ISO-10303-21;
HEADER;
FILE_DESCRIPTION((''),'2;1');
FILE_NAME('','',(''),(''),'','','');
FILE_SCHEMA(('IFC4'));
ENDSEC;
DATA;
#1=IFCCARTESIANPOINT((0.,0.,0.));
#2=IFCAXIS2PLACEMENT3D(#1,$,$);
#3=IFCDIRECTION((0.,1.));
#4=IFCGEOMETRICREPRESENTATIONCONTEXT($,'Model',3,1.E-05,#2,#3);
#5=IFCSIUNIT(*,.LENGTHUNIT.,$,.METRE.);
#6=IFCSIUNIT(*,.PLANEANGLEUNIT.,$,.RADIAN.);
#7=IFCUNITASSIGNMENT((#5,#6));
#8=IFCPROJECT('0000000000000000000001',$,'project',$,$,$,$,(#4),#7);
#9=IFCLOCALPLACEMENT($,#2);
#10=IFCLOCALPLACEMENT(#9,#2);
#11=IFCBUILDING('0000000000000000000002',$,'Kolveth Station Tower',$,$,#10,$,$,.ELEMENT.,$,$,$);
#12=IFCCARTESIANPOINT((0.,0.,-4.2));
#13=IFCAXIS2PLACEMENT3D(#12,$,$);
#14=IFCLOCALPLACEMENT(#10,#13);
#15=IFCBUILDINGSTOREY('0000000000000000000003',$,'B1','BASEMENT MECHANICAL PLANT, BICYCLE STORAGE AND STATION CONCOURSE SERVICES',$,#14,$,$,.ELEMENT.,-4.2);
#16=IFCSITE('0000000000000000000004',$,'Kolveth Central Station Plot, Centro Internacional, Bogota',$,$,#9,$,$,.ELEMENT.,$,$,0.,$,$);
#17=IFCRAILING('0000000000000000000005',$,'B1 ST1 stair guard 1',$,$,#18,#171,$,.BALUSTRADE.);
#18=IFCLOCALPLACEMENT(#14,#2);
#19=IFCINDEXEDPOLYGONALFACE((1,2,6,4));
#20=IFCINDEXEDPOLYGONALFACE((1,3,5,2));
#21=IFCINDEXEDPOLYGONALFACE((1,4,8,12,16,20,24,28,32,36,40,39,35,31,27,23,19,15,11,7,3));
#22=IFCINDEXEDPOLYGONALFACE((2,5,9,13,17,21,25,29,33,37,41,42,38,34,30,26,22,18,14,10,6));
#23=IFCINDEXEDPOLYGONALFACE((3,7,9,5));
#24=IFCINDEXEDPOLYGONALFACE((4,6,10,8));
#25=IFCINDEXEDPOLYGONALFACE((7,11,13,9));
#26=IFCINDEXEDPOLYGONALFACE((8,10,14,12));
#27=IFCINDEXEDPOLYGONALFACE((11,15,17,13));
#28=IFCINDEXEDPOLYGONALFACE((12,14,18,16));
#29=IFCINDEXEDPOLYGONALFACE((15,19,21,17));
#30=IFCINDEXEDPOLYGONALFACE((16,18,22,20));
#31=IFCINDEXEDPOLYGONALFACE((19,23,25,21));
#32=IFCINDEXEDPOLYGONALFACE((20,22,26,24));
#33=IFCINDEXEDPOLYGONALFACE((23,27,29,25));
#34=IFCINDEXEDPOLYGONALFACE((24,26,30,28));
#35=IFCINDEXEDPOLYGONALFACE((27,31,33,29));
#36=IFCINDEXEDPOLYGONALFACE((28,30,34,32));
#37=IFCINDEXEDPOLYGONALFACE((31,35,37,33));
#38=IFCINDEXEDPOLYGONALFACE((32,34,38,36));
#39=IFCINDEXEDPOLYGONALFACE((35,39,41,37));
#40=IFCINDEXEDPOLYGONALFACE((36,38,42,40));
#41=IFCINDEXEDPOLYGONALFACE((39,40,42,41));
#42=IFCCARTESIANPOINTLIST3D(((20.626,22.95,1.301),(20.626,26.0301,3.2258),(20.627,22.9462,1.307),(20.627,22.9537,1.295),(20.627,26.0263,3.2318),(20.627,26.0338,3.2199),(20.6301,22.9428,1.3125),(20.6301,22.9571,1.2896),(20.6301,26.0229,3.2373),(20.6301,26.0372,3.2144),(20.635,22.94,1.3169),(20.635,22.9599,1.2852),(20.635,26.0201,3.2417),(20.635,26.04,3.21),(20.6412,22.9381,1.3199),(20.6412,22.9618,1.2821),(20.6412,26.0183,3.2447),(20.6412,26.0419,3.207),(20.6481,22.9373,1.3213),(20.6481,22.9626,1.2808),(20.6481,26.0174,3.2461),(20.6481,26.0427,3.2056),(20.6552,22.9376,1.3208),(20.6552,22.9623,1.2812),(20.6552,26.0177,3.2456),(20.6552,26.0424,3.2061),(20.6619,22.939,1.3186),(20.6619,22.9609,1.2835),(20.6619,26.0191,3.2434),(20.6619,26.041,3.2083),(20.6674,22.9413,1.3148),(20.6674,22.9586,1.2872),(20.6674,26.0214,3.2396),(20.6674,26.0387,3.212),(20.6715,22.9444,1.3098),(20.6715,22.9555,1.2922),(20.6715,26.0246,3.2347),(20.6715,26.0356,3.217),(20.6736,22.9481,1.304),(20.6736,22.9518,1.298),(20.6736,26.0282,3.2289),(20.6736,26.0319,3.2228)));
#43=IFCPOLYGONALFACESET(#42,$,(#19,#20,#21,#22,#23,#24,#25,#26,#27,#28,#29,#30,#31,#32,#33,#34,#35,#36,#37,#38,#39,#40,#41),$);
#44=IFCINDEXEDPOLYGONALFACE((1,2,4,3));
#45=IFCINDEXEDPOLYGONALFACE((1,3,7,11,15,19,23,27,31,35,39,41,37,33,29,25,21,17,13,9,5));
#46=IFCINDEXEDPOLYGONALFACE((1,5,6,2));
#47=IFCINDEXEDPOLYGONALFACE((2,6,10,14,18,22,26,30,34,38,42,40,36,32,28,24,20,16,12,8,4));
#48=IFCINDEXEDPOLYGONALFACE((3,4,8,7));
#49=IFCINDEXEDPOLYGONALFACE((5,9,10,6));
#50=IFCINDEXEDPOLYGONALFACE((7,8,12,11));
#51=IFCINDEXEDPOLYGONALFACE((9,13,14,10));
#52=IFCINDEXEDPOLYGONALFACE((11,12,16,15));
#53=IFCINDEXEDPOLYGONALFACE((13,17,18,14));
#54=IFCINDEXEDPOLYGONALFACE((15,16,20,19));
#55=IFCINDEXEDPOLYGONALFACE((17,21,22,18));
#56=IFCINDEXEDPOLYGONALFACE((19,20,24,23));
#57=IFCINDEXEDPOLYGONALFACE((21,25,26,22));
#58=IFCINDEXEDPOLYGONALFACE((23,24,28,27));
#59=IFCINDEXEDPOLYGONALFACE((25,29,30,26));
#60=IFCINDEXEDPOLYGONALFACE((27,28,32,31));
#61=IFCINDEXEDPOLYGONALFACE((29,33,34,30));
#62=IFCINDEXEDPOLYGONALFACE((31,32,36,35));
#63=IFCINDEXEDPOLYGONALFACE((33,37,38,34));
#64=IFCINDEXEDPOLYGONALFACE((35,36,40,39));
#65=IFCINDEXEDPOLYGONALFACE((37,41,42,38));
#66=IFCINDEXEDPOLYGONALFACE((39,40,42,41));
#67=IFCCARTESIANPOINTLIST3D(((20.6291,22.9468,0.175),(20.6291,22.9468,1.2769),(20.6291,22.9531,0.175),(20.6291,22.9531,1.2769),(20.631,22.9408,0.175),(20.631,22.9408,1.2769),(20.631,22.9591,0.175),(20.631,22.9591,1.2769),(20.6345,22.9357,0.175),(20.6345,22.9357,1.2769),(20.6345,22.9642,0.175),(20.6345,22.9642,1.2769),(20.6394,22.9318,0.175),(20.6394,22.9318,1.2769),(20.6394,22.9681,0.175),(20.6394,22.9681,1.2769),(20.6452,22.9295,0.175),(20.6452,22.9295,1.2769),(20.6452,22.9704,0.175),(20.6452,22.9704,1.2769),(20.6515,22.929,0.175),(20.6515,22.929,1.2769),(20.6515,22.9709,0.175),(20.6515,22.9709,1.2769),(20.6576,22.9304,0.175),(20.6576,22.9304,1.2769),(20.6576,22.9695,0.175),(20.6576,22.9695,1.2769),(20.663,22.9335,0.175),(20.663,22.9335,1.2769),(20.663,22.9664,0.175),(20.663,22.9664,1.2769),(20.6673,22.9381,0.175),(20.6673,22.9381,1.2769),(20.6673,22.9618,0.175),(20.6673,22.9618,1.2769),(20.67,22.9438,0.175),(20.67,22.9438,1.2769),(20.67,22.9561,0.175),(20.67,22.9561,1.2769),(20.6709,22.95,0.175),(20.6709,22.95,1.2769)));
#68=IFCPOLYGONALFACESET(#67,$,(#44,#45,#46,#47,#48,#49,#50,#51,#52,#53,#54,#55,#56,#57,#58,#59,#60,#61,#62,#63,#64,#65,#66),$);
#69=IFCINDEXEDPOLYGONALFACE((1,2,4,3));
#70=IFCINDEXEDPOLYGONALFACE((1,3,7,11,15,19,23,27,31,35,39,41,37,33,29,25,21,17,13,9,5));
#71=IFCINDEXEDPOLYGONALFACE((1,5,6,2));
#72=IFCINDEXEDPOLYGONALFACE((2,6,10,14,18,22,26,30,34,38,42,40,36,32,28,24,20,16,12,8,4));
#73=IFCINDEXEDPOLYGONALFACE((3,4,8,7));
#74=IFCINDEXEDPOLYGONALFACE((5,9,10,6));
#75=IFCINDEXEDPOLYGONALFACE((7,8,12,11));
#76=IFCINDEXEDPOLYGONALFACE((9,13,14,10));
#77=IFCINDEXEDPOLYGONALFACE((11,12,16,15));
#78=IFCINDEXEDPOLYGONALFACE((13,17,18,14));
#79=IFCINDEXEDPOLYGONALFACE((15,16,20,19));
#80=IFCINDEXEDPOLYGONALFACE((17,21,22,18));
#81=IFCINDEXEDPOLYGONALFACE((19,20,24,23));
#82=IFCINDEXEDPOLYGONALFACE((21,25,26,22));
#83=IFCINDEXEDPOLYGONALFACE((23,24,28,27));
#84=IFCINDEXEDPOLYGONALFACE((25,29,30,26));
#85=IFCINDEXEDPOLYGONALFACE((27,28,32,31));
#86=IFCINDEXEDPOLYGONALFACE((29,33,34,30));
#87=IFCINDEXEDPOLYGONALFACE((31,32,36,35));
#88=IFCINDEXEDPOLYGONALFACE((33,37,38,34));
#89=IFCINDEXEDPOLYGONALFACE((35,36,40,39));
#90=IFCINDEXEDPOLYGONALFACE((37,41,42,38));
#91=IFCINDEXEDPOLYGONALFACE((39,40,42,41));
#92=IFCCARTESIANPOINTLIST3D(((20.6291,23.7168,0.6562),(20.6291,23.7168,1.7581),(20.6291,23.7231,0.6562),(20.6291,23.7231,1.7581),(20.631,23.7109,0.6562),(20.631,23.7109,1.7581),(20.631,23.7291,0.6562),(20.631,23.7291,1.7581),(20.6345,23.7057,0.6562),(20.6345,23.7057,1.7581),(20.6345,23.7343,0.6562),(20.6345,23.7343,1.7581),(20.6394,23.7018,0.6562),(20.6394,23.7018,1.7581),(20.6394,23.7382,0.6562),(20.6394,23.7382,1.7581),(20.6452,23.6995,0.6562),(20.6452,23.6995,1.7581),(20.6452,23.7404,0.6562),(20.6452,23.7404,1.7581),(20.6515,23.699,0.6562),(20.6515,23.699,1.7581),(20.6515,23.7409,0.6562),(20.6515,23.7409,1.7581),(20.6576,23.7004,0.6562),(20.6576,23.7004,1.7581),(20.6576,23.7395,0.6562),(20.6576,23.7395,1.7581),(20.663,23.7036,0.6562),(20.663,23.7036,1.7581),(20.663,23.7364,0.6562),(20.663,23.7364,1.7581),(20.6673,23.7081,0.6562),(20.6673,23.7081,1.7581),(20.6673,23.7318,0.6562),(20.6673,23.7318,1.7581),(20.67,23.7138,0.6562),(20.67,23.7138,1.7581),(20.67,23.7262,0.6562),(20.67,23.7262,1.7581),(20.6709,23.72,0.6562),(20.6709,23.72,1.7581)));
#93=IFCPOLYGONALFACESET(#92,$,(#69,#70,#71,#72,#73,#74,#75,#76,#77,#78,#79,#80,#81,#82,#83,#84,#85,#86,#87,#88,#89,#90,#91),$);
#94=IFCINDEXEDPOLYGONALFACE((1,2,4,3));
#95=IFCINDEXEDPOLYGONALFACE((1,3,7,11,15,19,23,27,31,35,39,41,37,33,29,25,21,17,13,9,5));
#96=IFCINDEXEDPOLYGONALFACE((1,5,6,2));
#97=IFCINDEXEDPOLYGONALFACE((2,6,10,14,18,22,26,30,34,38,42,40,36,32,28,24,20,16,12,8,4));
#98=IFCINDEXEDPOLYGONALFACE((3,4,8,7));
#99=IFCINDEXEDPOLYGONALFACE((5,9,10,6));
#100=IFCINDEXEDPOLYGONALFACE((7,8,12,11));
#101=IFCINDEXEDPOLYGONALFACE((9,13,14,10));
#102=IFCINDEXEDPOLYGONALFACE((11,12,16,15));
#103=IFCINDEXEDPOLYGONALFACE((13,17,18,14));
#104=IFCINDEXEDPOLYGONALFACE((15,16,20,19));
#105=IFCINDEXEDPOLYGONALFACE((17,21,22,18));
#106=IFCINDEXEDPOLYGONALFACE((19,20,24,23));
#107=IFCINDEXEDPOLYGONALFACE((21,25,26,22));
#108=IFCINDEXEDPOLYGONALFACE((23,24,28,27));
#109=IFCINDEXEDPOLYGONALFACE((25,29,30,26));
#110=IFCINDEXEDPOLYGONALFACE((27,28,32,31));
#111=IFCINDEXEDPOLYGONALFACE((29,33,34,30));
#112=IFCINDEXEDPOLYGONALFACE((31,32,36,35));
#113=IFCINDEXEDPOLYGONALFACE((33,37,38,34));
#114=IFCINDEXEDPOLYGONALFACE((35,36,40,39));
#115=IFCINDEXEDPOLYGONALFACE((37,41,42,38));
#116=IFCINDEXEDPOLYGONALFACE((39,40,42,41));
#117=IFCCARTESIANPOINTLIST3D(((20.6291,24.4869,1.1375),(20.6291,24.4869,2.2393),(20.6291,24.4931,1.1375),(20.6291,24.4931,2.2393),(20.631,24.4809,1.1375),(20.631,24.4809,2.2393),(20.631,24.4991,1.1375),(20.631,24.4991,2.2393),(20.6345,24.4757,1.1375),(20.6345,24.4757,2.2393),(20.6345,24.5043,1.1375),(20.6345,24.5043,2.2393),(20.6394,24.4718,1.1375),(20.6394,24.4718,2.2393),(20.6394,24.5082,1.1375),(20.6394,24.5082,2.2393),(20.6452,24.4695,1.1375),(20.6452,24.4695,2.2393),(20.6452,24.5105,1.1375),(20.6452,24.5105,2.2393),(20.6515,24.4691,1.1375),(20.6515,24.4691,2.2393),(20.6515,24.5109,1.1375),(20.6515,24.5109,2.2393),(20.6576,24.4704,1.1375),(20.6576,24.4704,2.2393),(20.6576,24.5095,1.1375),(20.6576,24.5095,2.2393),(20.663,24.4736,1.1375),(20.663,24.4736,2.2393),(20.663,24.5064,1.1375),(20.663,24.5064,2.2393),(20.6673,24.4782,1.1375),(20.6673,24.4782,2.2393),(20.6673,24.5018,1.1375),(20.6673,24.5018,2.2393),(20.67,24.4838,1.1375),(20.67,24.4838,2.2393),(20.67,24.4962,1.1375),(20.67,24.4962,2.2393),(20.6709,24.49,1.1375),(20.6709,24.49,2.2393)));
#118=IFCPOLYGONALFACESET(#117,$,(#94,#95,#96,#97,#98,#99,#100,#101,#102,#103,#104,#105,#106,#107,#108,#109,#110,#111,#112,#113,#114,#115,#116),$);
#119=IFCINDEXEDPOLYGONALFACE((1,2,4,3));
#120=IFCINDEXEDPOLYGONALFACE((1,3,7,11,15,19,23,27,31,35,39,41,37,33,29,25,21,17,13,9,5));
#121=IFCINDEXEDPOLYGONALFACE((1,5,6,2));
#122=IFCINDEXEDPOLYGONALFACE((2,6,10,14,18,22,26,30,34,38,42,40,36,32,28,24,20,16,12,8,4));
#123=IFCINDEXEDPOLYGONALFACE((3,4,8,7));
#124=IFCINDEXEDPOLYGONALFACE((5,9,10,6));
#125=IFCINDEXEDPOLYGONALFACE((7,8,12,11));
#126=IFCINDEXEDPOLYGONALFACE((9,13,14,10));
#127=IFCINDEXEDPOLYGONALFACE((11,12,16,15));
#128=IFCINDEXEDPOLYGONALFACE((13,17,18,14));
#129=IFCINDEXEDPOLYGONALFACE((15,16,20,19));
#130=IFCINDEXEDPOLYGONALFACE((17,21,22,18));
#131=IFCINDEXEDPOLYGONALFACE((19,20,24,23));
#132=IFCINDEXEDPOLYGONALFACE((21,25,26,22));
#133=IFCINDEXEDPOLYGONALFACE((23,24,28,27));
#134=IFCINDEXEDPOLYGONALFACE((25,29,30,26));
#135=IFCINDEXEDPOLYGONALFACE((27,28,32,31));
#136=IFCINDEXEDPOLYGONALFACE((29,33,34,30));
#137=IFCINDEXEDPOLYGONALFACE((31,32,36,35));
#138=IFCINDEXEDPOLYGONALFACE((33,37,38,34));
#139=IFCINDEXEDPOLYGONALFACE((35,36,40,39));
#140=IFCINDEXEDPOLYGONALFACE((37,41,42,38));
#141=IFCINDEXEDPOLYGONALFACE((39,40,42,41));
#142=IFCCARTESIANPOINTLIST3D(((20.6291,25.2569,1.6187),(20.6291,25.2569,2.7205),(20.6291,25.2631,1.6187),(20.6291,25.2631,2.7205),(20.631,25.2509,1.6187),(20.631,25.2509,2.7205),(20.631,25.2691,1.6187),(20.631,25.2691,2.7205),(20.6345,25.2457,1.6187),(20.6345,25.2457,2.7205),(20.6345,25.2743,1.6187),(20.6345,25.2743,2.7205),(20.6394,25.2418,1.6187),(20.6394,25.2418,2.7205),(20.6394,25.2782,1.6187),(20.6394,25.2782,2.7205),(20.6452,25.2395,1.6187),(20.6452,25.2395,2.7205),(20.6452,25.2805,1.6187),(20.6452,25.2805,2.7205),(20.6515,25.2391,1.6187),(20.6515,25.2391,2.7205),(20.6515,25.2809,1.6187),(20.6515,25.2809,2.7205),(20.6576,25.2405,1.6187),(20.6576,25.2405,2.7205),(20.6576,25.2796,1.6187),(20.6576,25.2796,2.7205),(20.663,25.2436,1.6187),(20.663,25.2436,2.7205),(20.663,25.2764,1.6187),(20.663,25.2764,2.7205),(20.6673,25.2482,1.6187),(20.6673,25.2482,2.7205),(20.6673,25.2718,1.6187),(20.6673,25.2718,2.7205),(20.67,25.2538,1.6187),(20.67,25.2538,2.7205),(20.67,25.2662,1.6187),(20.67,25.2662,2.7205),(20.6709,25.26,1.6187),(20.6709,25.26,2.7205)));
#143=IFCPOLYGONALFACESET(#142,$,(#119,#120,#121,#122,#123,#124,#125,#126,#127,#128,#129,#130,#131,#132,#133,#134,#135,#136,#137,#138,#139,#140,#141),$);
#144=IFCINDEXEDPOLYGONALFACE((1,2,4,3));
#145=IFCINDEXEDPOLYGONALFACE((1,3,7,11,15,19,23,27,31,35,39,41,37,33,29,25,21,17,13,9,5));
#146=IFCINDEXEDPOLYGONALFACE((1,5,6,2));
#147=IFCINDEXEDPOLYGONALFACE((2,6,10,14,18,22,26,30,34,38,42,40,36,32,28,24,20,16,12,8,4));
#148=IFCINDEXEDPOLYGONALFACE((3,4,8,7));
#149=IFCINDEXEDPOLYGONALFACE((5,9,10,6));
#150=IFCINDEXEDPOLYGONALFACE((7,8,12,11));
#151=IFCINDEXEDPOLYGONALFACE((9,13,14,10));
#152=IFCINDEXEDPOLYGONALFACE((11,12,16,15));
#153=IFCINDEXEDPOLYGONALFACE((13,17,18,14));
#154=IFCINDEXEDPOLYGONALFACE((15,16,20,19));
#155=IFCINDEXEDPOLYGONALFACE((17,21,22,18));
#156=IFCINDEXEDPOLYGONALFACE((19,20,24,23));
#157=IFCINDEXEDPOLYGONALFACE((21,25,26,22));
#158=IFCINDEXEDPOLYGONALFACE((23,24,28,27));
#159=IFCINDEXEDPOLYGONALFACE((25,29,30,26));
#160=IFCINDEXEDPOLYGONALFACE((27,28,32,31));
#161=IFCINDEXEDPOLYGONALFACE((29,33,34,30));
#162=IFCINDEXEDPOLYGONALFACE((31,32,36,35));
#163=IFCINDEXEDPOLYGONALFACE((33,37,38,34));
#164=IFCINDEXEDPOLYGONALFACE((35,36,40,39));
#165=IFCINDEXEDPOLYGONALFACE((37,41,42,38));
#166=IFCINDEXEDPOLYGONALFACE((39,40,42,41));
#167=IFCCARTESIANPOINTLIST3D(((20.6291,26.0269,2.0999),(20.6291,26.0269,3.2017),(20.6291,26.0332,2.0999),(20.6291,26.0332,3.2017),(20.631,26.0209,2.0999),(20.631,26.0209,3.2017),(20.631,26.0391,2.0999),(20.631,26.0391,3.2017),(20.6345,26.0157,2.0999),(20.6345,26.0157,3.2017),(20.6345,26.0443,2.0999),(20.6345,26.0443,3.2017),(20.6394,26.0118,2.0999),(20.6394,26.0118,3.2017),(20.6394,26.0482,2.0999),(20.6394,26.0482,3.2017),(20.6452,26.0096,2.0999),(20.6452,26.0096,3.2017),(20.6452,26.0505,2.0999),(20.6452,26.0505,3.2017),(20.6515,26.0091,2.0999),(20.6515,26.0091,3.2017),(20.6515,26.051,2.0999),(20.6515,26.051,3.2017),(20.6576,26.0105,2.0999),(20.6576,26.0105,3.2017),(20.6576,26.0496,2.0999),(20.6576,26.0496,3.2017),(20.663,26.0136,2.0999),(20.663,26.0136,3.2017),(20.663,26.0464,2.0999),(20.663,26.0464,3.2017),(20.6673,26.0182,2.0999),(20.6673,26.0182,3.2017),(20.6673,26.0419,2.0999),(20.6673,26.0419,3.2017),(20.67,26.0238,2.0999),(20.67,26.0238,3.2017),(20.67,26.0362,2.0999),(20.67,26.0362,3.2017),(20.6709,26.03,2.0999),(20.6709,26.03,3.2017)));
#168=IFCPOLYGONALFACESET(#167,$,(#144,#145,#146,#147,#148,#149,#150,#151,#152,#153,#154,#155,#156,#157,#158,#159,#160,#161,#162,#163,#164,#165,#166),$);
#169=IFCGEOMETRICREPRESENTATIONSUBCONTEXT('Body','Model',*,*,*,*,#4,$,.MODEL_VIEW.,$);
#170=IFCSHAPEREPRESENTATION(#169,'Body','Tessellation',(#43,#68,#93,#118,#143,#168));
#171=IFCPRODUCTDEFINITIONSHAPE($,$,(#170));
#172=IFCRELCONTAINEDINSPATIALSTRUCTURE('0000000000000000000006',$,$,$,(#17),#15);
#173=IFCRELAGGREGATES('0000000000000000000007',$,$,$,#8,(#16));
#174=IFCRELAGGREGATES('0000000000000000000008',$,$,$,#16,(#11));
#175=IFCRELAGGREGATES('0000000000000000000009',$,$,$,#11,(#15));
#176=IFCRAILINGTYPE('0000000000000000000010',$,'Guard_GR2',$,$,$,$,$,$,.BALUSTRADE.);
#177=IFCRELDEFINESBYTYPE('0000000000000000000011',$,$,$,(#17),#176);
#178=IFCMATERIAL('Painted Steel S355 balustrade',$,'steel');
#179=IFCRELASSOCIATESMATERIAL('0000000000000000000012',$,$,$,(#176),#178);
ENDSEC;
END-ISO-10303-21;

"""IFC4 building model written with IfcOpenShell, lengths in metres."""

from ifc_helpers import new_model, si_unit, direction, frame, origin, origin_2d, place, context, subcontext, project, spatial, circle, extrude, material, type_object, element, save


model = new_model("IFC4")

# Units and contexts
model_context = context("Model", 3, precision=1e-05, world=origin(), true_north=direction((0.0, 1.0)))
body_context = subcontext(model_context, "Body", "Model", "MODEL_VIEW")
ifc_project = project(units=[si_unit("LENGTHUNIT", "METRE"), si_unit("PLANEANGLEUNIT", "RADIAN")], contexts=[model_context])

# Site, building, storey
site_placement = place(None, origin())
site = spatial("IfcSite", under=ifc_project, at=site_placement, Name="Kolveth Central Station Plot, Centro Internacional, Bogota", CompositionType="ELEMENT", RefElevation=0.0)
building_placement = place(site_placement, origin())
building = spatial("IfcBuilding", under=site, at=building_placement, Name="Kolveth Station Tower", CompositionType="ELEMENT")
storey_placement = place(building_placement, frame((0.0, 0.0, -4.2)))
storey = spatial("IfcBuildingStorey", under=building, at=storey_placement, Name="B1", Description="BASEMENT MECHANICAL PLANT, BICYCLE STORAGE AND STATION CONCOURSE SERVICES", CompositionType="ELEMENT", Elevation=-4.2)

# Railing
ifc_material_1 = material(Name="Painted Steel S355 balustrade", Category="steel")
railing_type_1 = type_object("IfcRailingType", Name="Guard_GR2", PredefinedType="BALUSTRADE", material=ifc_material_1)
railing_1_placement = place(storey_placement, frame((20.6499, 22.95, 0.175)))
element("IfcRailing", 1, at=railing_1_placement, inside=storey, type_object=railing_type_1, Name="B1 ST1 stair guard 1", PredefinedType="BALUSTRADE", context=body_context, shape_type="SweptSolid", body=[
    extrude(circle(Radius=0.0239, at=origin_2d()), frame((0.0, 0.0, 1.126), z_axis=(0.0, 0.848029, 0.529951), x_axis=(-1.0, 0.0, 0.0)), (0.0, 0.0, 1.0), 3.6321),
    extrude(circle(Radius=0.021, at=origin_2d()), origin(), (0.0, 0.0, 1.0), 1.1018),
    extrude(circle(Radius=0.021, at=origin_2d()), frame((0.0, 0.77, 0.4812)), (0.0, 0.0, 1.0), 1.1018),
    extrude(circle(Radius=0.021, at=origin_2d()), frame((0.0, 1.54, 0.9624)), (0.0, 0.0, 1.0), 1.1018),
    extrude(circle(Radius=0.021, at=origin_2d()), frame((0.0, 2.3101, 1.4436)), (0.0, 0.0, 1.0), 1.1018),
    extrude(circle(Radius=0.021, at=origin_2d()), frame((0.0, 3.0801, 1.9248)), (0.0, 0.0, 1.0), 1.1018),
])

save(model, "model.ifc")
